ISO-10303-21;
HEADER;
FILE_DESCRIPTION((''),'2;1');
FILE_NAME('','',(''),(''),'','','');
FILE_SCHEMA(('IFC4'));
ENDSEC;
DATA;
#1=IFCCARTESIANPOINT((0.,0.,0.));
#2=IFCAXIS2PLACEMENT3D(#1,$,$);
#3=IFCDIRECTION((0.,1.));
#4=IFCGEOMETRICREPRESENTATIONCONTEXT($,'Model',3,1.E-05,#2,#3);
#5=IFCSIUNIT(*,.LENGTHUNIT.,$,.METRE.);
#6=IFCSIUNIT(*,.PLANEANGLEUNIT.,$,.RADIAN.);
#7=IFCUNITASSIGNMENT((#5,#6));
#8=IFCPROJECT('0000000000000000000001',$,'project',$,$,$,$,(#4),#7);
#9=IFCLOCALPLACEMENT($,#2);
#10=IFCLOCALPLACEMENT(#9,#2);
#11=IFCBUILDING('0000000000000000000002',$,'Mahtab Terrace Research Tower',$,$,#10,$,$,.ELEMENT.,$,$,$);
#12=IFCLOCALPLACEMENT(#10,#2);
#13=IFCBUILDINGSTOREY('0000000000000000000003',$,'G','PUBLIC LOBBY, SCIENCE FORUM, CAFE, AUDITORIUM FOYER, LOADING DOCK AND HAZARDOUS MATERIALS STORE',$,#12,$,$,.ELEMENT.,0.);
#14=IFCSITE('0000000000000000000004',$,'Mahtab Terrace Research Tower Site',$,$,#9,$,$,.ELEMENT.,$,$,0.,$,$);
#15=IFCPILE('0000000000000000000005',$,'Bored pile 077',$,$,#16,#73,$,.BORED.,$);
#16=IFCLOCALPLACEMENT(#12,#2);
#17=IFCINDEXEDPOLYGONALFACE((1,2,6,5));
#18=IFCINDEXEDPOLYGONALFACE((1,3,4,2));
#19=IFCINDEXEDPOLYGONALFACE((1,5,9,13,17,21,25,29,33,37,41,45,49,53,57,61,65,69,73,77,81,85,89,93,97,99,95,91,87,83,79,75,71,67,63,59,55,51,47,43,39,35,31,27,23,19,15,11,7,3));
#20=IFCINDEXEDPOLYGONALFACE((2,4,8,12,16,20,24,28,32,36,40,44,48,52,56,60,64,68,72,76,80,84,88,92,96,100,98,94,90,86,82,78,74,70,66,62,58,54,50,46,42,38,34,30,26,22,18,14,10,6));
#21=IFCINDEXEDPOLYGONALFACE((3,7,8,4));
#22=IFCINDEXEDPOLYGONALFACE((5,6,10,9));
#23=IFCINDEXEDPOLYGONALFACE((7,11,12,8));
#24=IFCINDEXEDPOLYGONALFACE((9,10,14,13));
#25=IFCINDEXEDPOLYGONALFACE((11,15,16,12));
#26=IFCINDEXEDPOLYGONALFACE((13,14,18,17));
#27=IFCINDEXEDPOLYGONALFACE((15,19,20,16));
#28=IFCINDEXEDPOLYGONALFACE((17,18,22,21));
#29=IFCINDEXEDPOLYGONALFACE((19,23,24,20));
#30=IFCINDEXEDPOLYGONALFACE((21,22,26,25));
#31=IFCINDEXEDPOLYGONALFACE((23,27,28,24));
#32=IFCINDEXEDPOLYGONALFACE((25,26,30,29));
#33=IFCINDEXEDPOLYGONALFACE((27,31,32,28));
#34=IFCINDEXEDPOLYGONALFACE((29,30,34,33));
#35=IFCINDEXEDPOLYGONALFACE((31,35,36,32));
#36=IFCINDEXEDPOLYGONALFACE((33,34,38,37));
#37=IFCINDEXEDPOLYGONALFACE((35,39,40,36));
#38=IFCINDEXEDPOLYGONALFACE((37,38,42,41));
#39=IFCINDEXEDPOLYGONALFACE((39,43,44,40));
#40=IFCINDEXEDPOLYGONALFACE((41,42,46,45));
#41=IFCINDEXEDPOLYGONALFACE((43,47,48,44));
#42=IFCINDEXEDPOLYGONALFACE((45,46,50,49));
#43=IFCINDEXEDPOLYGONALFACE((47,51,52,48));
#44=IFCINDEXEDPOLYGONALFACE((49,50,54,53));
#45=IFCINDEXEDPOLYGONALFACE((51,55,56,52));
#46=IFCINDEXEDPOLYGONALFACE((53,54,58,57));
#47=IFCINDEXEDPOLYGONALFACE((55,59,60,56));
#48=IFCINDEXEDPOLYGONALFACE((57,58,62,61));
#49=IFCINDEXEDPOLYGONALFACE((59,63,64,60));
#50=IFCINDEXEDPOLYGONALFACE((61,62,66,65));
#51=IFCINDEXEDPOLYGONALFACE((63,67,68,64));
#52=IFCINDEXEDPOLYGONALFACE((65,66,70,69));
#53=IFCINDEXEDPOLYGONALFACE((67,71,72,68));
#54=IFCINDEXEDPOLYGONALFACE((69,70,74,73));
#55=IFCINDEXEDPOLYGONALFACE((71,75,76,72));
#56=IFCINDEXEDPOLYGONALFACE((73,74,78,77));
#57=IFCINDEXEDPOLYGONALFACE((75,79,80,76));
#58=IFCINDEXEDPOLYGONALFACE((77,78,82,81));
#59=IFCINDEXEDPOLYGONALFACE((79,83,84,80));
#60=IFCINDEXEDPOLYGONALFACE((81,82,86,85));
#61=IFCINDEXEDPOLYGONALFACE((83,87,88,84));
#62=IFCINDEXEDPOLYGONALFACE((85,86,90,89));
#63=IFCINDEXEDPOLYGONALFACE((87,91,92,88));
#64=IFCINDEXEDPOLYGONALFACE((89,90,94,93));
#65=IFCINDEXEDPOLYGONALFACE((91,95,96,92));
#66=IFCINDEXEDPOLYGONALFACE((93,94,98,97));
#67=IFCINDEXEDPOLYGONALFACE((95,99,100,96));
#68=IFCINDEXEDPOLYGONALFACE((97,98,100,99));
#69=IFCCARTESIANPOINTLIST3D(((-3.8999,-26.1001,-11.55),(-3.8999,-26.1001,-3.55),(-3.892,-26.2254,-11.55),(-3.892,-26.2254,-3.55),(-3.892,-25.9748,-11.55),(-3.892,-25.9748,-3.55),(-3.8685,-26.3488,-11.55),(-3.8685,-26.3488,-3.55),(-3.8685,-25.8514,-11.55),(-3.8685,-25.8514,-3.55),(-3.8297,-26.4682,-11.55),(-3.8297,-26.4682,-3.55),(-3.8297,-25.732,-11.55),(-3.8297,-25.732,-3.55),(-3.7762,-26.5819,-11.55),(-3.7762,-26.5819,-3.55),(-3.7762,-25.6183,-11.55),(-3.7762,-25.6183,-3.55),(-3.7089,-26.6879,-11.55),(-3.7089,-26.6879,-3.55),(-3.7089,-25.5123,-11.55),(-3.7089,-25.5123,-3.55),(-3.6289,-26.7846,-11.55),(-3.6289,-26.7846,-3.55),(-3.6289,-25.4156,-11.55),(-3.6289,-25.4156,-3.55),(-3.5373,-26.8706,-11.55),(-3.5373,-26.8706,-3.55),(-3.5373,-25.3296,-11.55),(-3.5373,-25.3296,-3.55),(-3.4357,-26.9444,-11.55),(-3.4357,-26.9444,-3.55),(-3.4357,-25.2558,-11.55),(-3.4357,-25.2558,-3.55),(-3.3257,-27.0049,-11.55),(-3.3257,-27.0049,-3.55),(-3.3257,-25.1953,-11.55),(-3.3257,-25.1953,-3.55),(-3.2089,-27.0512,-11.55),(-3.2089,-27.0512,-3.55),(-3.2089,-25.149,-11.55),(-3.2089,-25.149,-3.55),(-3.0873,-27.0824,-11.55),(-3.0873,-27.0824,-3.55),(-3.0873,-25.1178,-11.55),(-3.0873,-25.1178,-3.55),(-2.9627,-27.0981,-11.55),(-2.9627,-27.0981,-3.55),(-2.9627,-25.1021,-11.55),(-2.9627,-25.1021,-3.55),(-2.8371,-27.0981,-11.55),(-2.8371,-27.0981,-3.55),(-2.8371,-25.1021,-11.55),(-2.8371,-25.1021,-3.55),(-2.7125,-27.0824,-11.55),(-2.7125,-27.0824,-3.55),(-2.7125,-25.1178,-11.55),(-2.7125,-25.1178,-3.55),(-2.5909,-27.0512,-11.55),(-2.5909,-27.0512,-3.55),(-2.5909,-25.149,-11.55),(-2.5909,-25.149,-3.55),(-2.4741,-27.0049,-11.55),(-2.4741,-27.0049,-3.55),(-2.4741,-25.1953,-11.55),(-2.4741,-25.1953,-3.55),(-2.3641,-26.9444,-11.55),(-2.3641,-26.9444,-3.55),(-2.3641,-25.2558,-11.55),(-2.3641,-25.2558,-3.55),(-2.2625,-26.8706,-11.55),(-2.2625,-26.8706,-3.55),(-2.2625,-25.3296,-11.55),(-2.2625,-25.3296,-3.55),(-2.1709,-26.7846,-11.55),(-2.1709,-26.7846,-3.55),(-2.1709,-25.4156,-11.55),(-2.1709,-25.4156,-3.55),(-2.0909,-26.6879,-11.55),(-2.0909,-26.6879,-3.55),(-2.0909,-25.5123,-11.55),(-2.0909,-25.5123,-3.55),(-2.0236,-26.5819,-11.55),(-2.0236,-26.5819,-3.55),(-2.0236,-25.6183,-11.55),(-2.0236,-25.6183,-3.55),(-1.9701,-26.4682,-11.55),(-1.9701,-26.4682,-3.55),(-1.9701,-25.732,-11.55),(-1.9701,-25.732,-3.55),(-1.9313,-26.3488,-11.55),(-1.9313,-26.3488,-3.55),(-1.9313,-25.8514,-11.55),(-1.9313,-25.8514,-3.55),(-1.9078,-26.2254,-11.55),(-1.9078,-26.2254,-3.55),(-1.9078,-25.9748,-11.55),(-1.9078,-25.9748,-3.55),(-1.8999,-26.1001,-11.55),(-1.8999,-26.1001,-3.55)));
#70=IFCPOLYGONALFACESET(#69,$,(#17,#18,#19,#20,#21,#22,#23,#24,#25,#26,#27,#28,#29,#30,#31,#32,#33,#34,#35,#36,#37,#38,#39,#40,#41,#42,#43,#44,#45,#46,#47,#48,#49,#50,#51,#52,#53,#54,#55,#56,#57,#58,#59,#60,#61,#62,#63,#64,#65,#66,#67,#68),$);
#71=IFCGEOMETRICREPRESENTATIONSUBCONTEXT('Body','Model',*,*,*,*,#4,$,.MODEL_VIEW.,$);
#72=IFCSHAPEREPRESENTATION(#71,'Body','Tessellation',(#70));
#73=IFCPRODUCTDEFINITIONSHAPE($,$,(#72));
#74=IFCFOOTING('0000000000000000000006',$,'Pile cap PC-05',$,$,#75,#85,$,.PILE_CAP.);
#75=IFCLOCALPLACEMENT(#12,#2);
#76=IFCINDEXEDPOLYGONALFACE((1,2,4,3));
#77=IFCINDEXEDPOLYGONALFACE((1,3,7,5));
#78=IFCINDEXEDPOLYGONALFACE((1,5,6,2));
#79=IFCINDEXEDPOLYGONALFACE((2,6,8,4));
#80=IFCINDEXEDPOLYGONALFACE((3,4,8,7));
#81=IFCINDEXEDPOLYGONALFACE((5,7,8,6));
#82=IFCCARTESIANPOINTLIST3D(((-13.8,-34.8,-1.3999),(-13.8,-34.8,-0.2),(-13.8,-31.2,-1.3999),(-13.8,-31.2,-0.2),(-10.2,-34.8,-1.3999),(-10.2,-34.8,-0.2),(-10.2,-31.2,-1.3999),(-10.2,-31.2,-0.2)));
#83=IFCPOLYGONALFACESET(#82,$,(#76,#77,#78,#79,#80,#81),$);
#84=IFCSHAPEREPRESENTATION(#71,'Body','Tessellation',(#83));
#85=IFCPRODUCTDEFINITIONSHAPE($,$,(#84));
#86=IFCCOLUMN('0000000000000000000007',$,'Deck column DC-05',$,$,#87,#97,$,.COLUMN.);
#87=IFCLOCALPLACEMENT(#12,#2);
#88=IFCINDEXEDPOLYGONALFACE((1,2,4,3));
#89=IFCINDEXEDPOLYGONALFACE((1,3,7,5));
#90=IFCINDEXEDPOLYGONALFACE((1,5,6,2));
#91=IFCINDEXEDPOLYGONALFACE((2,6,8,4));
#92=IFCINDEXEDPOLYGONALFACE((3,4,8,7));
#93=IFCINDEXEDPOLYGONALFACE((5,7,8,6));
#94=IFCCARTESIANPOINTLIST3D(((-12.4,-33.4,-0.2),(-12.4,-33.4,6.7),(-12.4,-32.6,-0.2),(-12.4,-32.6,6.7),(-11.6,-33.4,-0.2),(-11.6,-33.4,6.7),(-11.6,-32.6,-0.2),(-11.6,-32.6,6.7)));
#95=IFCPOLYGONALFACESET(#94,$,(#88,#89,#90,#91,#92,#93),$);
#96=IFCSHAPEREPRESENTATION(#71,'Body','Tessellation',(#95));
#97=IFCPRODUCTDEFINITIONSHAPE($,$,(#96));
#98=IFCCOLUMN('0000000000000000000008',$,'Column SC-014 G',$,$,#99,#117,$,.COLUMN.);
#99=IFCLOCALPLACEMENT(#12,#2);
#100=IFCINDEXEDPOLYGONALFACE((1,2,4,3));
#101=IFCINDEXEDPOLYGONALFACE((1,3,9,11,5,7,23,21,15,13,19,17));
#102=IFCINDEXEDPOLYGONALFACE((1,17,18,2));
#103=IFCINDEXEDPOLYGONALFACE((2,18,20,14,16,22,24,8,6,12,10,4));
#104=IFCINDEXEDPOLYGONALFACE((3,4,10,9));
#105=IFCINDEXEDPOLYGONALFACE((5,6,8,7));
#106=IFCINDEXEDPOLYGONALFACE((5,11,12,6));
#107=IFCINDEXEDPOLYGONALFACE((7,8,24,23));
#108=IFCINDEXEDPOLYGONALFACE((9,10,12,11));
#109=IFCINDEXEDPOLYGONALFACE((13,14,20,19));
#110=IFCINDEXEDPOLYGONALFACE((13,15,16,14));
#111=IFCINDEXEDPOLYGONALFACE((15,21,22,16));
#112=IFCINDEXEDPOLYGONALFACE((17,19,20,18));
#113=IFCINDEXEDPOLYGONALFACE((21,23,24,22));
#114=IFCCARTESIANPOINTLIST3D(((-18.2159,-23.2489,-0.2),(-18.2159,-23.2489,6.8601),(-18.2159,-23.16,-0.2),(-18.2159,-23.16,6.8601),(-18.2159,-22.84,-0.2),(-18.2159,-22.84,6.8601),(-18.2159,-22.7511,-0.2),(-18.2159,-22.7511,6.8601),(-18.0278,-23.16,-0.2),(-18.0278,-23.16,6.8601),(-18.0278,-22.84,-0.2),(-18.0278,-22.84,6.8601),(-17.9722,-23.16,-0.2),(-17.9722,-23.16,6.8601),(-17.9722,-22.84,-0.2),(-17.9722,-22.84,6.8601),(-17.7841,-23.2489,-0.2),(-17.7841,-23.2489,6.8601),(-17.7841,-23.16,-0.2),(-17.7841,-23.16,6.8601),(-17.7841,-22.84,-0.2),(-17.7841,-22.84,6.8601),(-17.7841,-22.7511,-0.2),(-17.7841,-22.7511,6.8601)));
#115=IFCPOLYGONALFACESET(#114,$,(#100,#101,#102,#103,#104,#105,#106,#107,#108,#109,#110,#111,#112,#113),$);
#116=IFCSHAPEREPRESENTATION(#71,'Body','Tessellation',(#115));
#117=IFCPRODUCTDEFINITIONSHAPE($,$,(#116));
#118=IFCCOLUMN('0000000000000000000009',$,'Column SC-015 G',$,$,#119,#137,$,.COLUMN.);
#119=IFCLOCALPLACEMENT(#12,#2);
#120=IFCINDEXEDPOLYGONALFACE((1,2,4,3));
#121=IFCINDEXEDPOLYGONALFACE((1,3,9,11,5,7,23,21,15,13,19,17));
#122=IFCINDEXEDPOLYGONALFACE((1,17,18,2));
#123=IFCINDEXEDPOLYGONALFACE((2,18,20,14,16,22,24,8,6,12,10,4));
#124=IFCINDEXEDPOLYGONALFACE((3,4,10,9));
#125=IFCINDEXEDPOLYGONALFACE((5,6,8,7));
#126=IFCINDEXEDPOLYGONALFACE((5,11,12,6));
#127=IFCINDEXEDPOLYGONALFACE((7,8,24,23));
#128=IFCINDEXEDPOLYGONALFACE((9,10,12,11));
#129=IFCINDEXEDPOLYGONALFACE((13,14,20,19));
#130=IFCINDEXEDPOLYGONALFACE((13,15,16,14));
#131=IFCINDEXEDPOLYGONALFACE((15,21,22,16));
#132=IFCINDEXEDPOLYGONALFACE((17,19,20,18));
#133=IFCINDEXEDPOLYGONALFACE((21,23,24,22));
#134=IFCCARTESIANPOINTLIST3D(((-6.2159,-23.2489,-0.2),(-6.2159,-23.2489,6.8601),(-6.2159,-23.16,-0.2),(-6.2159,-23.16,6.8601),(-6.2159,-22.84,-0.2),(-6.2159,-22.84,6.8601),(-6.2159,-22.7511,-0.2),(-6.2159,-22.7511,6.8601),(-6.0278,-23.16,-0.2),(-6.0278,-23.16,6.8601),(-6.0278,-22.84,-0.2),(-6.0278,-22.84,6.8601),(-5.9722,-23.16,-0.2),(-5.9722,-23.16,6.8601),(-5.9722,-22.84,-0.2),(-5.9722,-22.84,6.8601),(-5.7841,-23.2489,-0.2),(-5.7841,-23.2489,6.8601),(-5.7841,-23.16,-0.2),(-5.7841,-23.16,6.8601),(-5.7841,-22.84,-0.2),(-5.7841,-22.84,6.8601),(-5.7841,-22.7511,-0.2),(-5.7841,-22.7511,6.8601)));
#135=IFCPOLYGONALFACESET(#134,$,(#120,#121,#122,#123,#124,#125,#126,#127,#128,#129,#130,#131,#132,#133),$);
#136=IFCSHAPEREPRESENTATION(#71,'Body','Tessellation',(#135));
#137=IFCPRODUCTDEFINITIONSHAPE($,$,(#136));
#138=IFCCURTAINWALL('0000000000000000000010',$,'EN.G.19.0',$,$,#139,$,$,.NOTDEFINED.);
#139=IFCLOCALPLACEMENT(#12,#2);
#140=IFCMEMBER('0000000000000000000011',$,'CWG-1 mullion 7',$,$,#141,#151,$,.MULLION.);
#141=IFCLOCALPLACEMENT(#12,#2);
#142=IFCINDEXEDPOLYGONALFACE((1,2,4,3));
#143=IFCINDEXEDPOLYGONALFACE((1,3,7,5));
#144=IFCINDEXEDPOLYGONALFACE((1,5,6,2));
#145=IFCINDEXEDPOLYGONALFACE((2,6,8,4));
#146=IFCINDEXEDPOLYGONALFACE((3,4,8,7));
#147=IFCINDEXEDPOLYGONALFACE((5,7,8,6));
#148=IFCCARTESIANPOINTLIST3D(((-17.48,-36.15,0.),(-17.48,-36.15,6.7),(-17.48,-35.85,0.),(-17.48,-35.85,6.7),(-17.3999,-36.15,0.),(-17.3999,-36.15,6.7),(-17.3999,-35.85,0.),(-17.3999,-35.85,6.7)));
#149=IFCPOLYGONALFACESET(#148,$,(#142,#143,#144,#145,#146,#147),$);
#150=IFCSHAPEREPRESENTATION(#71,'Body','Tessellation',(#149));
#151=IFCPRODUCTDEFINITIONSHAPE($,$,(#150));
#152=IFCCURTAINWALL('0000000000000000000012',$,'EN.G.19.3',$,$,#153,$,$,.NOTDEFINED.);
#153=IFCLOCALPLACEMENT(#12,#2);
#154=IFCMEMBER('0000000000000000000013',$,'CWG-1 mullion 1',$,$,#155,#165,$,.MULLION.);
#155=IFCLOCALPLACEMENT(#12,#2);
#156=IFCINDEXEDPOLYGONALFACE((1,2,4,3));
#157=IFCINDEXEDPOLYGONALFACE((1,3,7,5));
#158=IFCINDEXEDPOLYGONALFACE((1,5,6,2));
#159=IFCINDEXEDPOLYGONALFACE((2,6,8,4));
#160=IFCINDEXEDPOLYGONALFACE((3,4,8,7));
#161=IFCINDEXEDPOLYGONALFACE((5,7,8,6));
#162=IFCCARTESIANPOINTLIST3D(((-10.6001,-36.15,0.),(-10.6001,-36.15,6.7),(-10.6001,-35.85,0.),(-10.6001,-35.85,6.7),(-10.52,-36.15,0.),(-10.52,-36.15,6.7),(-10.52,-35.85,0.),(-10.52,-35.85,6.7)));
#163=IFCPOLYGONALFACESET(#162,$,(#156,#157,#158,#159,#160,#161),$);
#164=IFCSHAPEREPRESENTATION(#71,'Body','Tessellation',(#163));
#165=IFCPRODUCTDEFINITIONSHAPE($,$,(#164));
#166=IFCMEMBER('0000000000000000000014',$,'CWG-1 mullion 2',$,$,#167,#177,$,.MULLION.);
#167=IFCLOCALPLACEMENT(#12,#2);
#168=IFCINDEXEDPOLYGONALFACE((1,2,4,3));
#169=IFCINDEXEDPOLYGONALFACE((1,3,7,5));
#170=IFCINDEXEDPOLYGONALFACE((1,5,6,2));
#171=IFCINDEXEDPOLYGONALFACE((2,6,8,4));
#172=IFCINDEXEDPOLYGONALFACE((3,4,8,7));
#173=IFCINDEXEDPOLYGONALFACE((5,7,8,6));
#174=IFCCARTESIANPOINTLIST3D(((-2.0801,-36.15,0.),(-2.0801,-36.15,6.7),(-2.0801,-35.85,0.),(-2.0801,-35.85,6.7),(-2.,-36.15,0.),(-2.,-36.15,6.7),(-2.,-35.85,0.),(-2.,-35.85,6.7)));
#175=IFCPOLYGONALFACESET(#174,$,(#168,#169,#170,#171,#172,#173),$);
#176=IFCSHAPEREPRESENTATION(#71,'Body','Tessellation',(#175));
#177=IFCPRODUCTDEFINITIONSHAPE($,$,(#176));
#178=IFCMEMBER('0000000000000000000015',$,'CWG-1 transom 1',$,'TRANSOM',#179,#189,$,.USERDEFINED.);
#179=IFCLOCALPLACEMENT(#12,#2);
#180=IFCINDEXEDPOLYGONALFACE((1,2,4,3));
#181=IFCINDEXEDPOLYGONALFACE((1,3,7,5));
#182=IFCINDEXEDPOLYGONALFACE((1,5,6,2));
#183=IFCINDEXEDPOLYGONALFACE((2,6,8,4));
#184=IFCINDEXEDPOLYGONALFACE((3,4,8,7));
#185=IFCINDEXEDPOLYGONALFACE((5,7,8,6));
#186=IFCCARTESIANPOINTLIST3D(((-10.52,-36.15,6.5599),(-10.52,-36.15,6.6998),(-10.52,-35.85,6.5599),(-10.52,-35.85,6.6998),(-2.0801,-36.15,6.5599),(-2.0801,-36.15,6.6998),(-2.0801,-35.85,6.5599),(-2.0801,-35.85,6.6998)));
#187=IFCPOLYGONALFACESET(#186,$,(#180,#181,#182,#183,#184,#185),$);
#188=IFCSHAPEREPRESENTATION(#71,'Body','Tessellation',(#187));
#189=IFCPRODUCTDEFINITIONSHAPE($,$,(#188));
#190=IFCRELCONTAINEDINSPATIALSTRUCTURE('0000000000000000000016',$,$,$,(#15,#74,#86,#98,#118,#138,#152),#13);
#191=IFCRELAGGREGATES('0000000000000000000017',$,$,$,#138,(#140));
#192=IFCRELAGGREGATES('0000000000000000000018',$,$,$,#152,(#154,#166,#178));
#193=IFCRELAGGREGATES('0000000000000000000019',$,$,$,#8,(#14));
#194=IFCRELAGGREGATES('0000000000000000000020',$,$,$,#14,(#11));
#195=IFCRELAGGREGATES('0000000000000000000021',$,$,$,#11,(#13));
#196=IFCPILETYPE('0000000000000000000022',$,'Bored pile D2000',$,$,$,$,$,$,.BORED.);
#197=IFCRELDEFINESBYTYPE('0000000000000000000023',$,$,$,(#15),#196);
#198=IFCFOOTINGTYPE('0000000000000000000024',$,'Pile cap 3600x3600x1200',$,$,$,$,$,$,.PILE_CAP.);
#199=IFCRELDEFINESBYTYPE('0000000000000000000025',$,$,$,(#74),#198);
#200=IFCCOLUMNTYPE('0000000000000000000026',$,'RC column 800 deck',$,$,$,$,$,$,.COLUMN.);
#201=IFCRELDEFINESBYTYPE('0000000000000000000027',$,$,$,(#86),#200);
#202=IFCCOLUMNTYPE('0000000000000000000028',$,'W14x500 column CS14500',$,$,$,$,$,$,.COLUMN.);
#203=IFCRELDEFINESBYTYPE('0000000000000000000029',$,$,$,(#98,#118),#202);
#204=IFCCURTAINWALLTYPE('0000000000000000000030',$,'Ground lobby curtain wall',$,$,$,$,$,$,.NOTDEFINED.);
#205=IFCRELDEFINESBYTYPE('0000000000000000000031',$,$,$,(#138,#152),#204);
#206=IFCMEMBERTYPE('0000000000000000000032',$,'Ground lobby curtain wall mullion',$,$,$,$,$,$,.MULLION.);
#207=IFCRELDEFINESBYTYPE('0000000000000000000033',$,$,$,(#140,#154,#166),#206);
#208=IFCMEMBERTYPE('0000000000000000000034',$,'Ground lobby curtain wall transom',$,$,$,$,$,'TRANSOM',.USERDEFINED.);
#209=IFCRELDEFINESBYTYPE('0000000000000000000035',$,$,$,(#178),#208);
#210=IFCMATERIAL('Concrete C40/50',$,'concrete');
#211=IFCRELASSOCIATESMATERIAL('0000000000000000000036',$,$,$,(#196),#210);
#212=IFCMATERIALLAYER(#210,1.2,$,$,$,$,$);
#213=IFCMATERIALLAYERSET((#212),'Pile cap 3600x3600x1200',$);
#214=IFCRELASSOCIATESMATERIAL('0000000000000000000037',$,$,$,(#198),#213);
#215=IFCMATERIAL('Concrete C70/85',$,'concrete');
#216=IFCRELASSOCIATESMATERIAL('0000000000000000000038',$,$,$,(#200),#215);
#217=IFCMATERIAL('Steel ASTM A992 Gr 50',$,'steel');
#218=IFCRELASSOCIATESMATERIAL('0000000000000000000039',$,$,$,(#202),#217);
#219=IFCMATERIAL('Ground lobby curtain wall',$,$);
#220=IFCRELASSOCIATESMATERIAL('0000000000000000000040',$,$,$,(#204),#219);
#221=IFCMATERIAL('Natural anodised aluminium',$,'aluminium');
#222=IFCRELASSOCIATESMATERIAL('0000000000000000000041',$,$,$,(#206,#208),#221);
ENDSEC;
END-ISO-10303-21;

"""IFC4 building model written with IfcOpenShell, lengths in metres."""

from ifc_helpers import new_model, si_unit, direction, frame, origin, origin_2d, place, context, subcontext, project, spatial, rectangle, circle, i_section, extrude, material, layer, layer_set, material_profile, profile_set, type_object, element, aggregate, save


model = new_model("IFC4")

# Units and contexts
model_context = context("Model", 3, precision=1e-05, world=origin(), true_north=direction((0.0, 1.0)))
body_context = subcontext(model_context, "Body", "Model", "MODEL_VIEW")
ifc_project = project(units=[si_unit("LENGTHUNIT", "METRE"), si_unit("PLANEANGLEUNIT", "RADIAN")], contexts=[model_context])

# Site, building, storey
site_placement = place(None, origin())
site = spatial("IfcSite", under=ifc_project, at=site_placement, Name="Mahtab Terrace Research Tower Site", CompositionType="ELEMENT", RefElevation=0.0)
building_placement = place(site_placement, origin())
building = spatial("IfcBuilding", under=site, at=building_placement, Name="Mahtab Terrace Research Tower", CompositionType="ELEMENT")
storey_placement = place(building_placement, origin())
storey = spatial("IfcBuildingStorey", under=building, at=storey_placement, Name="G", Description="PUBLIC LOBBY, SCIENCE FORUM, CAFE, AUDITORIUM FOYER, LOADING DOCK AND HAZARDOUS MATERIALS STORE", CompositionType="ELEMENT", Elevation=0.0)

# Pile
ifc_material_1 = material(Name="Concrete C40/50", Category="concrete")
ifc_material_profile_1 = material_profile(ifc_material_1, circle(Radius=1.0, at=origin_2d()), Name="Bored pile D2000")
ifc_profile_set_1 = profile_set([ifc_material_profile_1], Name="Concrete C40/50")
pile_type_1 = type_object("IfcPileType", Name="Bored pile D2000", PredefinedType="BORED", material=ifc_profile_set_1)
for number, where, z_axis, x_axis, name in (
    (1, (-2.8999, -26.1001, -3.55), (0.0, 0.0, -1.0), (1.0, 0.0, 0.0), "Bored pile 077"),
):
    element("IfcPile", number, at=place(storey_placement, frame(where, z_axis=z_axis, x_axis=x_axis)), inside=storey, type_object=pile_type_1, Name=name, PredefinedType="BORED", context=body_context, shape_type="SweptSolid", body=[
        extrude(circle(Radius=1.0, at=origin_2d()), origin(), (0.0, 0.0, 1.0), 8.0),
    ])

# Footing
ifc_layer_1 = layer(ifc_material_1, 1.2)
ifc_layer_set_1 = layer_set([ifc_layer_1], Name="Pile cap 3600x3600x1200")
footing_type = type_object("IfcFootingType", Name="Pile cap 3600x3600x1200", PredefinedType="PILE_CAP", material=ifc_layer_set_1)
footing_placement = place(storey_placement, frame((-12.0, -33.0, -1.3999), z_axis=(0.0, 0.0, 1.0), x_axis=(1.0, 0.0, 0.0)))
element("IfcFooting", 2, at=footing_placement, inside=storey, type_object=footing_type, Name="Pile cap PC-05", PredefinedType="PILE_CAP", context=body_context, shape_type="SweptSolid", body=[
    extrude(rectangle(XDim=3.6001, YDim=3.6001, at=origin_2d()), origin(), (0.0, 0.0, 1.0), 1.2),
])

# Columns
ifc_material_2 = material(Name="Concrete C70/85", Category="concrete")
ifc_material_profile_2 = material_profile(ifc_material_2, rectangle(XDim=0.8, YDim=0.8, at=origin_2d()), Name="RC column 800 deck")
ifc_profile_set_2 = profile_set([ifc_material_profile_2], Name="Concrete C70/85")
column_type_1 = type_object("IfcColumnType", Name="RC column 800 deck", PredefinedType="COLUMN", material=ifc_profile_set_2)
column_placement = place(storey_placement, frame((-12.0, -33.0, -0.2), z_axis=(0.0, 0.0, 1.0), x_axis=(1.0, 0.0, 0.0)))
element("IfcColumn", 3, at=column_placement, inside=storey, type_object=column_type_1, Name="Deck column DC-05", PredefinedType="COLUMN", context=body_context, shape_type="SweptSolid", body=[
    extrude(rectangle(XDim=0.8, YDim=0.8, at=origin_2d()), origin(), (0.0, 0.0, 1.0), 6.8999),
])
ifc_material_3 = material(Name="Steel ASTM A992 Gr 50", Category="steel")
ifc_material_profile_3 = material_profile(ifc_material_3, i_section(OverallWidth=0.4319, OverallDepth=0.4978, WebThickness=0.0557, FlangeThickness=0.0889, at=origin_2d()), Name="W14X500")
ifc_profile_set_3 = profile_set([ifc_material_profile_3], Name="Steel ASTM A992 Gr 50")
column_type_2 = type_object("IfcColumnType", Name="W14x500 column CS14500", PredefinedType="COLUMN", material=ifc_profile_set_3)
for number, where, z_axis, x_axis, name in (
    (4, (-18.0, -23.0, -0.2), (0.0, 0.0, 1.0), (1.0, 0.0, 0.0), "Column SC-014 G"),
    (5, (-6.0, -23.0, -0.2), (0.0, 0.0, 1.0), (1.0, 0.0, 0.0), "Column SC-015 G"),
):
    element("IfcColumn", number, at=place(storey_placement, frame(where, z_axis=z_axis, x_axis=x_axis)), inside=storey, type_object=column_type_2, Name=name, PredefinedType="COLUMN", context=body_context, shape_type="SweptSolid", body=[
        extrude(i_section(OverallWidth=0.4319, OverallDepth=0.4978, WebThickness=0.0557, FlangeThickness=0.0889, at=origin_2d()), origin(), (0.0, 0.0, 1.0), 7.0601),
    ])

# Curtain wall, member
ifc_material_4 = material(Name="Ground lobby curtain wall")
curtain_wall_type = type_object("IfcCurtainWallType", Name="Ground lobby curtain wall", PredefinedType="NOTDEFINED", material=ifc_material_4)
curtain_wall_1_placement = place(storey_placement, origin())
curtain_wall_1 = element("IfcCurtainWall", 6, at=curtain_wall_1_placement, inside=storey, type_object=curtain_wall_type, Name="EN.G.19.0", PredefinedType="NOTDEFINED")
ifc_material_5 = material(Name="Natural anodised aluminium", Category="aluminium")
ifc_material_profile_4 = material_profile(ifc_material_5, rectangle(XDim=0.3, YDim=0.0801, at=origin_2d()), Name="MULLION 80x300")
ifc_profile_set_4 = profile_set([ifc_material_profile_4], Name="Natural anodised aluminium")
member_type_1 = type_object("IfcMemberType", Name="Ground lobby curtain wall mullion", PredefinedType="MULLION", material=ifc_profile_set_4)
member_1_placement = place(storey_placement, frame((-17.4399, -36.0, 0.0), z_axis=(0.0, 0.0, 1.0), x_axis=(0.0, 1.0, 0.0)))
member_1 = element("IfcMember", 7, at=member_1_placement, type_object=member_type_1, Name="CWG-1 mullion 7", PredefinedType="MULLION", context=body_context, shape_type="SweptSolid", body=[
    extrude(rectangle(XDim=0.3, YDim=0.0801, at=origin_2d()), origin(), (0.0, 0.0, 1.0), 6.7),
])

# Curtain wall, members
curtain_wall_2_placement = place(storey_placement, origin())
curtain_wall_2 = element("IfcCurtainWall", 8, at=curtain_wall_2_placement, inside=storey, type_object=curtain_wall_type, Name="EN.G.19.3", PredefinedType="NOTDEFINED")
member_2_placement = place(storey_placement, frame((-10.5601, -36.0, 0.0), z_axis=(0.0, 0.0, 1.0), x_axis=(0.0, 1.0, 0.0)))
member_2 = element("IfcMember", 9, at=member_2_placement, type_object=member_type_1, Name="CWG-1 mullion 1", PredefinedType="MULLION", context=body_context, shape_type="SweptSolid", body=[
    extrude(rectangle(XDim=0.3, YDim=0.0801, at=origin_2d()), origin(), (0.0, 0.0, 1.0), 6.7),
])
member_3_placement = place(storey_placement, frame((-2.04, -36.0, 0.0), z_axis=(0.0, 0.0, 1.0), x_axis=(0.0, 1.0, 0.0)))
member_3 = element("IfcMember", 10, at=member_3_placement, type_object=member_type_1, Name="CWG-1 mullion 2", PredefinedType="MULLION", context=body_context, shape_type="SweptSolid", body=[
    extrude(rectangle(XDim=0.3, YDim=0.0801, at=origin_2d()), origin(), (0.0, 0.0, 1.0), 6.7),
])
ifc_material_profile_5 = material_profile(ifc_material_5, rectangle(XDim=0.3, YDim=0.1399, at=origin_2d()), Name="TRANSOM 140x300")
ifc_profile_set_5 = profile_set([ifc_material_profile_5], Name="Natural anodised aluminium")
member_type_2 = type_object("IfcMemberType", Name="Ground lobby curtain wall transom", ElementType="TRANSOM", PredefinedType="USERDEFINED", material=ifc_profile_set_5)
member_4_placement = place(storey_placement, frame((-10.52, -36.0, 6.6299), z_axis=(1.0, 0.0, 0.0), x_axis=(0.0, 1.0, 0.0)))
member_4 = element("IfcMember", 11, at=member_4_placement, type_object=member_type_2, Name="CWG-1 transom 1", ObjectType="TRANSOM", PredefinedType="USERDEFINED", context=body_context, shape_type="SweptSolid", body=[
    extrude(rectangle(XDim=0.3, YDim=0.1399, at=origin_2d()), origin(), (0.0, 0.0, 1.0), 8.4399),
])

aggregate(curtain_wall_1, [member_1])
aggregate(curtain_wall_2, [member_2, member_3, member_4])

save(model, "model.ifc")
